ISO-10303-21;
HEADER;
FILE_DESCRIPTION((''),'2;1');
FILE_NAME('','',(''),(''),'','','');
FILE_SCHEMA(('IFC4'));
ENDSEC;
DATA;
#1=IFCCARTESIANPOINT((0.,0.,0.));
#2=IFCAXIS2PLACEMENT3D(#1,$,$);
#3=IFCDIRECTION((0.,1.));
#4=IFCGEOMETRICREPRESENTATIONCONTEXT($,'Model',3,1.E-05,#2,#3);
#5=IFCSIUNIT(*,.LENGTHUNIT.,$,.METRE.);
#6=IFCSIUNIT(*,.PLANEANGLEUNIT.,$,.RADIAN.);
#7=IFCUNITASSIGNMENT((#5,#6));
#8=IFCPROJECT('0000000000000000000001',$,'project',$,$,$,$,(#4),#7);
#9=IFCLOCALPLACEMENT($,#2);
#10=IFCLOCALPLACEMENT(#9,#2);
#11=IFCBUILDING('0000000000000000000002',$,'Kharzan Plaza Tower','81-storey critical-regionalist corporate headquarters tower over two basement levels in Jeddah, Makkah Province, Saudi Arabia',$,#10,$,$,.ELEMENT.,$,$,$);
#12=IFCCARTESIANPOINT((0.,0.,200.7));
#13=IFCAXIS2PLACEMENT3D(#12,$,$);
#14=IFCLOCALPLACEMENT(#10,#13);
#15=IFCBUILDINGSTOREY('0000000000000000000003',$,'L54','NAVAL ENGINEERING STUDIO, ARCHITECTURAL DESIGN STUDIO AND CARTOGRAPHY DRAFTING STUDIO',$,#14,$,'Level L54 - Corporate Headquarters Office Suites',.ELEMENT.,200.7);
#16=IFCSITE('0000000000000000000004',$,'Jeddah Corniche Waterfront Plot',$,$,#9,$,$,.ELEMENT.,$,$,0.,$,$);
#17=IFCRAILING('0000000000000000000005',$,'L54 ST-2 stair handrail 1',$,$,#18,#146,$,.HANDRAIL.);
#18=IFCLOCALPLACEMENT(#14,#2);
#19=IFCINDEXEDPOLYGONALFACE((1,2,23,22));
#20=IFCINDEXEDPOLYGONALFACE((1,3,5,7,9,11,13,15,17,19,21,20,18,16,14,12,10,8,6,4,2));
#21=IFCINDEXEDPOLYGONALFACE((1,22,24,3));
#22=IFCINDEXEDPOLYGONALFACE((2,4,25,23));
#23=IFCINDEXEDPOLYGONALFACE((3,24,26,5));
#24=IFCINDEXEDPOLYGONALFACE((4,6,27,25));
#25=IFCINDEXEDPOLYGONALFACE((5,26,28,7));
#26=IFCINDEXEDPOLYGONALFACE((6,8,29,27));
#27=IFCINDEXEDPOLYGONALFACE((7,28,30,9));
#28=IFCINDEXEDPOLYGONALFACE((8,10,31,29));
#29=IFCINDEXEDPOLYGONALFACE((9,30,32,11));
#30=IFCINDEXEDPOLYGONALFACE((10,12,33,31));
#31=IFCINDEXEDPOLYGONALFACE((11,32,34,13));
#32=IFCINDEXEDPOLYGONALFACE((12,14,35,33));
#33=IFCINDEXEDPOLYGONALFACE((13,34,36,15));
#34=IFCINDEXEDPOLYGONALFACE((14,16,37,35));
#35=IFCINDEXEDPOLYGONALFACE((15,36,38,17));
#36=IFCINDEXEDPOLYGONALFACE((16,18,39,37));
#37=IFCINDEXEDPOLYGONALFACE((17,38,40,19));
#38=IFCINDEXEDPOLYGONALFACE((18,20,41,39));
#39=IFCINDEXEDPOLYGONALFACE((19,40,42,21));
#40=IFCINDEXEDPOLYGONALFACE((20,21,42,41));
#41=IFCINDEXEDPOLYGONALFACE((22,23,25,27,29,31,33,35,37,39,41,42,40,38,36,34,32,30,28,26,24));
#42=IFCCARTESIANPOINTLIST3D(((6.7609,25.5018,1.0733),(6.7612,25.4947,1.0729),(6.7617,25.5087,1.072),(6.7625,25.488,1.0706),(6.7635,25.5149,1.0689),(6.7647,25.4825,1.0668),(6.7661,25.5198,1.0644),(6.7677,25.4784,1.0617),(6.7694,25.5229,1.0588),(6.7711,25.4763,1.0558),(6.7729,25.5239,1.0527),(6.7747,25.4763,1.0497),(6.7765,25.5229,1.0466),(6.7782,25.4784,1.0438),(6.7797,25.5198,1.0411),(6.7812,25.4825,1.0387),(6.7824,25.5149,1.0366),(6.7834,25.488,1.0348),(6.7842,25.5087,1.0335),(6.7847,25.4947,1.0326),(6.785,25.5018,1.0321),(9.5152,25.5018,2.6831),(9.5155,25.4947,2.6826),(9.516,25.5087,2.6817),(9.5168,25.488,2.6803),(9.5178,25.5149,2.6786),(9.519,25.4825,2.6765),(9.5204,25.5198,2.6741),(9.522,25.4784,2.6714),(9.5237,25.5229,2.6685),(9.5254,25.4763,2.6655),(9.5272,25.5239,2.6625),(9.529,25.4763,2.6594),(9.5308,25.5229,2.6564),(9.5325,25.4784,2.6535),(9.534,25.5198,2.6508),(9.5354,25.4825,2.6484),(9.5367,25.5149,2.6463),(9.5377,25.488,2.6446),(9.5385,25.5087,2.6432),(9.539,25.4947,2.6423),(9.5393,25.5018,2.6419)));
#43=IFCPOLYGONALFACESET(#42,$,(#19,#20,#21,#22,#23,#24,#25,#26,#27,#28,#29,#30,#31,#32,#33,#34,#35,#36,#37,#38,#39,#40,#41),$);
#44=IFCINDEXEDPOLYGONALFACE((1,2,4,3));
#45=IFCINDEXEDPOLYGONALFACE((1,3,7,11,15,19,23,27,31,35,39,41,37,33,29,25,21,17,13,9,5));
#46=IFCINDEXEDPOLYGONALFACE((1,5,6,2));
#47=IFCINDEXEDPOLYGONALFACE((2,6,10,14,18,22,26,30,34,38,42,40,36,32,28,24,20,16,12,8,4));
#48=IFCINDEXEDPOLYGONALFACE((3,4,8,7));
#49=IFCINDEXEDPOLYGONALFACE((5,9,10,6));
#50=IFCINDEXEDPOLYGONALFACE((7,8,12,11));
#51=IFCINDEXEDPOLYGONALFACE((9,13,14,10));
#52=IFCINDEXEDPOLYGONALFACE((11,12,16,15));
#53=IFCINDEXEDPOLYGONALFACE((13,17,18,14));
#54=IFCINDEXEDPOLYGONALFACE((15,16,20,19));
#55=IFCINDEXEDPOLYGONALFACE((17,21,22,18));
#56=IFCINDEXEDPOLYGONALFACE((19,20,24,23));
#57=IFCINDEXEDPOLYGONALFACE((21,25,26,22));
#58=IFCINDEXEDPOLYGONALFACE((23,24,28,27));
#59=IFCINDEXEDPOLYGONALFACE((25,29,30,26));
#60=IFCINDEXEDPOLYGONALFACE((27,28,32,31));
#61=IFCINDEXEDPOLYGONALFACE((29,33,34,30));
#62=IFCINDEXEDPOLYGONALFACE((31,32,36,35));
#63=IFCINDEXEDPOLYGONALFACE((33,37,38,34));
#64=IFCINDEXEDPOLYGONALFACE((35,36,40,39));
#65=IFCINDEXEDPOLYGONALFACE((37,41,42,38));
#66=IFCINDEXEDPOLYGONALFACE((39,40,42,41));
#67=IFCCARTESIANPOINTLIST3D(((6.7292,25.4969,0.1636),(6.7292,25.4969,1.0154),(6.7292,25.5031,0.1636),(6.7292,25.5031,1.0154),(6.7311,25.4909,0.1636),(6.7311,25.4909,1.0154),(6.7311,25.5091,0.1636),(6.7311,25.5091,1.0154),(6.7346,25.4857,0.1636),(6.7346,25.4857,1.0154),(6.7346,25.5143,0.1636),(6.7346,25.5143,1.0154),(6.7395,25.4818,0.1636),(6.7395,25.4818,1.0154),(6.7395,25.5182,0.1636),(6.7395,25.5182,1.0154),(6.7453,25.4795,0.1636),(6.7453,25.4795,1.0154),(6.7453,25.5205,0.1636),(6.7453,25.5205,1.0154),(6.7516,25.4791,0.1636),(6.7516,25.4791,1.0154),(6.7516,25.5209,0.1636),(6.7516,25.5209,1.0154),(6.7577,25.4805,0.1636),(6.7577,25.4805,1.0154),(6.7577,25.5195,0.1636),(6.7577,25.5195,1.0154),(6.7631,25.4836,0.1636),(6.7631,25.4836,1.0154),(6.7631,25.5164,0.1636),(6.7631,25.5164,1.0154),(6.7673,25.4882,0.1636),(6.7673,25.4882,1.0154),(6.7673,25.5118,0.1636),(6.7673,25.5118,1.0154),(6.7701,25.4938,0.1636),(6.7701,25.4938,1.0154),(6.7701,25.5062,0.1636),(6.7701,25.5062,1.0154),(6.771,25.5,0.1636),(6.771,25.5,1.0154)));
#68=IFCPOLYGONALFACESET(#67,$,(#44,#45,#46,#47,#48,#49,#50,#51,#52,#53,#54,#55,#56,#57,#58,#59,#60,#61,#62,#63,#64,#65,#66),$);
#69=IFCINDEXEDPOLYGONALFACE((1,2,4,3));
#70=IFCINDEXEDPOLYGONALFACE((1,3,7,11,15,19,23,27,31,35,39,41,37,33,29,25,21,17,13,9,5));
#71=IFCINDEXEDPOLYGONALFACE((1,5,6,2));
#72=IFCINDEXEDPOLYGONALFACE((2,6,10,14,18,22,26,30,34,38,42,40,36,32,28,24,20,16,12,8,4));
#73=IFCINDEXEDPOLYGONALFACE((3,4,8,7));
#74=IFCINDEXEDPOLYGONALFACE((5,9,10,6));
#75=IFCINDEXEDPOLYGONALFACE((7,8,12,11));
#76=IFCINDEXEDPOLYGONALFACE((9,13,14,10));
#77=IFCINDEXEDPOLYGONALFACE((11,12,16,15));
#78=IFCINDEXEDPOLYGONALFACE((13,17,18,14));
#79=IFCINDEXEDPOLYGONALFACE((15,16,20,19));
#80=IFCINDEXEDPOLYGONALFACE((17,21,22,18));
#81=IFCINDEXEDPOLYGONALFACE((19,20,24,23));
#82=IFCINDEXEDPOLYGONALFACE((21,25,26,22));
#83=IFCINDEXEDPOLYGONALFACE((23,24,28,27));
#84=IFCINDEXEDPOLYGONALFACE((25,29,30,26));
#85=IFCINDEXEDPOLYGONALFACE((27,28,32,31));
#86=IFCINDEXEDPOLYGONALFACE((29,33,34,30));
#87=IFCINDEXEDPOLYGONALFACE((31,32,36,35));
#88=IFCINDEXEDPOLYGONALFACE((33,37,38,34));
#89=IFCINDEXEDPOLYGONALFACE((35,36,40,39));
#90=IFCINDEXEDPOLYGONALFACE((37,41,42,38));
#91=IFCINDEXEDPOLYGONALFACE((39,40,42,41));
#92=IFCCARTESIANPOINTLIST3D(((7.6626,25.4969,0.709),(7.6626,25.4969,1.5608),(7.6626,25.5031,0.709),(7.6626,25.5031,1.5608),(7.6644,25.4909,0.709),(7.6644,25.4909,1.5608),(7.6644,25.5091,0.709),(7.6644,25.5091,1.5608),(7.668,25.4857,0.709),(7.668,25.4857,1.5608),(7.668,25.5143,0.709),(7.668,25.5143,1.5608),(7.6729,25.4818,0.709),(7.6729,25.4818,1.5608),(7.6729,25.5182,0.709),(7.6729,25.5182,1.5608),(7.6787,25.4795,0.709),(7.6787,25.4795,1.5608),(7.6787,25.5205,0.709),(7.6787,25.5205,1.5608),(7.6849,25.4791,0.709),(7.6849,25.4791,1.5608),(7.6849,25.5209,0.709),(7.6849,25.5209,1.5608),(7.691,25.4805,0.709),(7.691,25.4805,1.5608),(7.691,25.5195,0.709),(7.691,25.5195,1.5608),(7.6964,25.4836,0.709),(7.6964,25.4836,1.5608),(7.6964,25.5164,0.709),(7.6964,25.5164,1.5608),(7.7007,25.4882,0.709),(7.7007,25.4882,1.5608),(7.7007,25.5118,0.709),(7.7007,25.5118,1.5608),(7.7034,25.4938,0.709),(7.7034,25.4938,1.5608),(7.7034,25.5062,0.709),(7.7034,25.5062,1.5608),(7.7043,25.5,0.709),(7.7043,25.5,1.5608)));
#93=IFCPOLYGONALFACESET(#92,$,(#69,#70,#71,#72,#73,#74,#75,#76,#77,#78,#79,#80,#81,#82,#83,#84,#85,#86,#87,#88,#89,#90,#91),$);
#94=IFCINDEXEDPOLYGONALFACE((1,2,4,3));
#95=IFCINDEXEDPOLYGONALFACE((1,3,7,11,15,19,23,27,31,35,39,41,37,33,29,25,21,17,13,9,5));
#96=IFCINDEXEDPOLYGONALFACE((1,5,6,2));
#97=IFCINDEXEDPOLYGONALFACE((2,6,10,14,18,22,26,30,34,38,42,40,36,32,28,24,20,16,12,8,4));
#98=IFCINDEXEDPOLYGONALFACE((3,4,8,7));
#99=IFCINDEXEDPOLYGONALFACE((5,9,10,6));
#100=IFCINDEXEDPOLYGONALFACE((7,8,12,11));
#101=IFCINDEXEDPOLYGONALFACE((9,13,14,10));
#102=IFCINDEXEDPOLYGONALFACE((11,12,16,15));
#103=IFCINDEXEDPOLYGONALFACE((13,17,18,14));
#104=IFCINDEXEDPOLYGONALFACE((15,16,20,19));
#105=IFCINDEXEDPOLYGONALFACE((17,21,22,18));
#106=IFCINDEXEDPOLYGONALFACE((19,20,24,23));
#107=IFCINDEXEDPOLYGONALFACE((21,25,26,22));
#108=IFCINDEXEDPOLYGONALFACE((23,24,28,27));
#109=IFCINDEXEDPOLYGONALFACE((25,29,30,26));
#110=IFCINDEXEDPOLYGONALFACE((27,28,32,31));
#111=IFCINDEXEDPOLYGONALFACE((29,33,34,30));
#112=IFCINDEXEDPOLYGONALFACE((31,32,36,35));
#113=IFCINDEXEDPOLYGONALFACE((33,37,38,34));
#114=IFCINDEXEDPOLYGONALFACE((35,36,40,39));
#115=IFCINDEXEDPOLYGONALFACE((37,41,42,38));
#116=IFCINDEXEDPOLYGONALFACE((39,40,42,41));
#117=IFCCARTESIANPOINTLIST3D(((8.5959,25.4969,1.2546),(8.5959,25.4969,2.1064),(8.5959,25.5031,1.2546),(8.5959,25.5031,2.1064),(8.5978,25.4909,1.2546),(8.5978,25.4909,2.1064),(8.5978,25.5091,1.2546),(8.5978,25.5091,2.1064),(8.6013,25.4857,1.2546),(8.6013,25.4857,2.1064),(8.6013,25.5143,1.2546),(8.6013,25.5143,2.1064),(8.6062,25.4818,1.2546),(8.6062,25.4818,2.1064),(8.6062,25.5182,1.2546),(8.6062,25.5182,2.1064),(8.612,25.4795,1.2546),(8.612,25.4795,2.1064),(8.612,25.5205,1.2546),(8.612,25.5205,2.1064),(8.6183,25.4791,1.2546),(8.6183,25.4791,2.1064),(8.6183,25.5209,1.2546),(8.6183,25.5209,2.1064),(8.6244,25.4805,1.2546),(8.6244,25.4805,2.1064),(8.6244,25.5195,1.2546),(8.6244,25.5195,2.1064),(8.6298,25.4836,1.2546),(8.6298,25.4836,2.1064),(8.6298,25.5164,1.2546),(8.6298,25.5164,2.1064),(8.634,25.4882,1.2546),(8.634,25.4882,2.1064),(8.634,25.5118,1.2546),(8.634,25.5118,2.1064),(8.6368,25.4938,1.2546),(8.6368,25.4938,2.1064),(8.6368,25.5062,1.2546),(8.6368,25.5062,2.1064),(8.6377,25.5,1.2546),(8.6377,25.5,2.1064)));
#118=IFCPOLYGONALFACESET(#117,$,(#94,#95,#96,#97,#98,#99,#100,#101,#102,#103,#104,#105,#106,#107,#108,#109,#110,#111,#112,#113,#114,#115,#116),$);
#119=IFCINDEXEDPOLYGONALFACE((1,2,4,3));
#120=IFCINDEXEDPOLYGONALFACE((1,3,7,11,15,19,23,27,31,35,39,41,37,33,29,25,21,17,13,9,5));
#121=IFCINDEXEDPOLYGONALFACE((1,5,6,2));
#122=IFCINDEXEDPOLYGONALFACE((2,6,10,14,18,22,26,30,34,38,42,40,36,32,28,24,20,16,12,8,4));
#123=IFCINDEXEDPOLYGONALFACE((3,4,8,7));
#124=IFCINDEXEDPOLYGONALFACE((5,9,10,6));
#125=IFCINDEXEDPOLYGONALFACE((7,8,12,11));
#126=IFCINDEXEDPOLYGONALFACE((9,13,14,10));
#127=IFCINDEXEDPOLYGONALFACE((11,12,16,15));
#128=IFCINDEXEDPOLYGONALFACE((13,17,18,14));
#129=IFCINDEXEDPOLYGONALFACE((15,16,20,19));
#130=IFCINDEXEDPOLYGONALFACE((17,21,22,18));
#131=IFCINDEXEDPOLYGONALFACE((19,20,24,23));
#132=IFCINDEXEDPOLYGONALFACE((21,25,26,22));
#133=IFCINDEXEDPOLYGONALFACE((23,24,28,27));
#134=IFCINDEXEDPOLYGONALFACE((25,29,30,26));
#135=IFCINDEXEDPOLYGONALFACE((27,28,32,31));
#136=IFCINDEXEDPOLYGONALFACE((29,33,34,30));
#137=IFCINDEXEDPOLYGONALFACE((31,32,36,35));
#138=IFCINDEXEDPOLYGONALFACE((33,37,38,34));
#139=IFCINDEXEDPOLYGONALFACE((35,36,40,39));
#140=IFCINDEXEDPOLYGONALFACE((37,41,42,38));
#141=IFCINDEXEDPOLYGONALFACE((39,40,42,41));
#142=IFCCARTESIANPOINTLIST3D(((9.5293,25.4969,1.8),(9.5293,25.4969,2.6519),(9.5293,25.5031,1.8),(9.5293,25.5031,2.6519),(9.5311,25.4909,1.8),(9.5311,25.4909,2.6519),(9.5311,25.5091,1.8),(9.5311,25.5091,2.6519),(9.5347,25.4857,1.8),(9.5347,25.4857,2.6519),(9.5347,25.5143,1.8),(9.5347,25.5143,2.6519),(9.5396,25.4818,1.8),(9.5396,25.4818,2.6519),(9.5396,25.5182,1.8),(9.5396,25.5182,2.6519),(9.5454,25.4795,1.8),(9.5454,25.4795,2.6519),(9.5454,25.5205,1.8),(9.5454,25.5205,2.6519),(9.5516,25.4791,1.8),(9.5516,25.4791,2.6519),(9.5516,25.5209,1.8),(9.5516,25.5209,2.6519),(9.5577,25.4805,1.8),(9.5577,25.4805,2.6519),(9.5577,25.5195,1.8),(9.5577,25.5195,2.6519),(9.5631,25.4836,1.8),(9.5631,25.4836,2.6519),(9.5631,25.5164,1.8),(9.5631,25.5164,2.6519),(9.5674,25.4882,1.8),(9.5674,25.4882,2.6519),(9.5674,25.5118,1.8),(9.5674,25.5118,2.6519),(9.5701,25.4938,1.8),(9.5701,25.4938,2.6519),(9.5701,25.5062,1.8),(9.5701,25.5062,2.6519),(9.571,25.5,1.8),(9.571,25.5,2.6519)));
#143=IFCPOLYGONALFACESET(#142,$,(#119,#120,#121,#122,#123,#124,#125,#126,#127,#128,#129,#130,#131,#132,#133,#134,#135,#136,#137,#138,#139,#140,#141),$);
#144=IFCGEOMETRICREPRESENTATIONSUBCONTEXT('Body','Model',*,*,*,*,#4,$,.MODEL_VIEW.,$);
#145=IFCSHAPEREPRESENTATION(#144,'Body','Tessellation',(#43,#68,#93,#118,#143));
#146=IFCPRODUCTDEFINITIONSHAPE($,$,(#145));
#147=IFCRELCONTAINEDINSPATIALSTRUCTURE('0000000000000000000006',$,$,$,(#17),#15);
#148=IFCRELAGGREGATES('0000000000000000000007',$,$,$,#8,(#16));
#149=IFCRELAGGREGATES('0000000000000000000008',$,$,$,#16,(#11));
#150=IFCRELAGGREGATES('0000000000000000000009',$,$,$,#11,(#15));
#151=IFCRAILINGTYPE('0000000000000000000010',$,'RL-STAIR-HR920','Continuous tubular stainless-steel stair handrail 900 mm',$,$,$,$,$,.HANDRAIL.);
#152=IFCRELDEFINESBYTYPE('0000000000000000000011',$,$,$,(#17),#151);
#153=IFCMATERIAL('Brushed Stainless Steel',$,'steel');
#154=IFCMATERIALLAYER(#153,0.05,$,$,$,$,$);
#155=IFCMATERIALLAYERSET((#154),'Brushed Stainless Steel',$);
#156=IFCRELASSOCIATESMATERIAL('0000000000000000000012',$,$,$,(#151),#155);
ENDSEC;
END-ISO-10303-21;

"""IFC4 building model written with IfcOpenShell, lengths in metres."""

from ifc_helpers import new_model, si_unit, direction, frame, origin, origin_2d, place, context, subcontext, project, spatial, circle, extrude, source, transform, mapped, material, layer, layer_set, type_object, element, save


model = new_model("IFC4")

# Units and contexts
model_context = context("Model", 3, precision=1e-05, world=origin(), true_north=direction((0.0, 1.0)))
body_context = subcontext(model_context, "Body", "Model", "MODEL_VIEW")
ifc_project = project(units=[si_unit("LENGTHUNIT", "METRE"), si_unit("PLANEANGLEUNIT", "RADIAN")], contexts=[model_context])

# Site, building, storey
site_placement = place(None, origin())
site = spatial("IfcSite", under=ifc_project, at=site_placement, Name="Jeddah Corniche Waterfront Plot", CompositionType="ELEMENT", RefElevation=0.0)
building_placement = place(site_placement, origin())
building = spatial("IfcBuilding", under=site, at=building_placement, Name="Kharzan Plaza Tower", Description="81-storey critical-regionalist corporate headquarters tower over two basement levels in Jeddah, Makkah Province, Saudi Arabia", CompositionType="ELEMENT")
storey_placement = place(building_placement, frame((0.0, 0.0, 200.7)))
storey = spatial("IfcBuildingStorey", under=building, at=storey_placement, Name="L54", Description="NAVAL ENGINEERING STUDIO, ARCHITECTURAL DESIGN STUDIO AND CARTOGRAPHY DRAFTING STUDIO", LongName="Level L54 - Corporate Headquarters Office Suites", CompositionType="ELEMENT", Elevation=200.7)

# Railing
ifc_material_1 = material(Name="Brushed Stainless Steel", Category="steel")
ifc_layer_1 = layer(ifc_material_1, 0.05)
ifc_layer_set_1 = layer_set([ifc_layer_1], Name="Brushed Stainless Steel")
railing_type_1 = type_object("IfcRailingType", Name="RL-STAIR-HR920", Description="Continuous tubular stainless-steel stair handrail 900 mm", PredefinedType="HANDRAIL", material=ifc_layer_set_1)
shared_shape_1 = source(origin(), body_context, "Body", "SweptSolid", [
    extrude(circle(Radius=0.0239, at=origin_2d()), frame((0.0229, 0.0, 0.8892), z_axis=(0.863361, 0.0, 0.504587), x_axis=(0.0, 1.0, 0.0)), (0.0, 0.0, 1.0), 3.1902),
    extrude(circle(Radius=0.021, at=origin_2d()), origin(), (0.0, 0.0, 1.0), 0.8518),
    extrude(circle(Radius=0.021, at=origin_2d()), frame((0.9333, 0.0, 0.5454)), (0.0, 0.0, 1.0), 0.8518),
    extrude(circle(Radius=0.021, at=origin_2d()), frame((1.8667, 0.0, 1.0911)), (0.0, 0.0, 1.0), 0.8518),
    extrude(circle(Radius=0.021, at=origin_2d()), frame((2.8, 0.0, 1.6365)), (0.0, 0.0, 1.0), 0.8518),
])
railing_1_placement = place(storey_placement, frame((6.75, 25.5, 0.1636)))
element("IfcRailing", 1, at=railing_1_placement, inside=storey, type_object=railing_type_1, Name="L54 ST-2 stair handrail 1", PredefinedType="HANDRAIL", context=body_context, shape_type="MappedRepresentation", body=[
    mapped(shared_shape_1, transform((0.0, 0.0, 0.0), x_axis=(1.0, 0.0, 0.0), y_axis=(0.0, 1.0, 0.0), z_axis=(0.0, 0.0, 1.0))),
])

save(model, "model.ifc")
